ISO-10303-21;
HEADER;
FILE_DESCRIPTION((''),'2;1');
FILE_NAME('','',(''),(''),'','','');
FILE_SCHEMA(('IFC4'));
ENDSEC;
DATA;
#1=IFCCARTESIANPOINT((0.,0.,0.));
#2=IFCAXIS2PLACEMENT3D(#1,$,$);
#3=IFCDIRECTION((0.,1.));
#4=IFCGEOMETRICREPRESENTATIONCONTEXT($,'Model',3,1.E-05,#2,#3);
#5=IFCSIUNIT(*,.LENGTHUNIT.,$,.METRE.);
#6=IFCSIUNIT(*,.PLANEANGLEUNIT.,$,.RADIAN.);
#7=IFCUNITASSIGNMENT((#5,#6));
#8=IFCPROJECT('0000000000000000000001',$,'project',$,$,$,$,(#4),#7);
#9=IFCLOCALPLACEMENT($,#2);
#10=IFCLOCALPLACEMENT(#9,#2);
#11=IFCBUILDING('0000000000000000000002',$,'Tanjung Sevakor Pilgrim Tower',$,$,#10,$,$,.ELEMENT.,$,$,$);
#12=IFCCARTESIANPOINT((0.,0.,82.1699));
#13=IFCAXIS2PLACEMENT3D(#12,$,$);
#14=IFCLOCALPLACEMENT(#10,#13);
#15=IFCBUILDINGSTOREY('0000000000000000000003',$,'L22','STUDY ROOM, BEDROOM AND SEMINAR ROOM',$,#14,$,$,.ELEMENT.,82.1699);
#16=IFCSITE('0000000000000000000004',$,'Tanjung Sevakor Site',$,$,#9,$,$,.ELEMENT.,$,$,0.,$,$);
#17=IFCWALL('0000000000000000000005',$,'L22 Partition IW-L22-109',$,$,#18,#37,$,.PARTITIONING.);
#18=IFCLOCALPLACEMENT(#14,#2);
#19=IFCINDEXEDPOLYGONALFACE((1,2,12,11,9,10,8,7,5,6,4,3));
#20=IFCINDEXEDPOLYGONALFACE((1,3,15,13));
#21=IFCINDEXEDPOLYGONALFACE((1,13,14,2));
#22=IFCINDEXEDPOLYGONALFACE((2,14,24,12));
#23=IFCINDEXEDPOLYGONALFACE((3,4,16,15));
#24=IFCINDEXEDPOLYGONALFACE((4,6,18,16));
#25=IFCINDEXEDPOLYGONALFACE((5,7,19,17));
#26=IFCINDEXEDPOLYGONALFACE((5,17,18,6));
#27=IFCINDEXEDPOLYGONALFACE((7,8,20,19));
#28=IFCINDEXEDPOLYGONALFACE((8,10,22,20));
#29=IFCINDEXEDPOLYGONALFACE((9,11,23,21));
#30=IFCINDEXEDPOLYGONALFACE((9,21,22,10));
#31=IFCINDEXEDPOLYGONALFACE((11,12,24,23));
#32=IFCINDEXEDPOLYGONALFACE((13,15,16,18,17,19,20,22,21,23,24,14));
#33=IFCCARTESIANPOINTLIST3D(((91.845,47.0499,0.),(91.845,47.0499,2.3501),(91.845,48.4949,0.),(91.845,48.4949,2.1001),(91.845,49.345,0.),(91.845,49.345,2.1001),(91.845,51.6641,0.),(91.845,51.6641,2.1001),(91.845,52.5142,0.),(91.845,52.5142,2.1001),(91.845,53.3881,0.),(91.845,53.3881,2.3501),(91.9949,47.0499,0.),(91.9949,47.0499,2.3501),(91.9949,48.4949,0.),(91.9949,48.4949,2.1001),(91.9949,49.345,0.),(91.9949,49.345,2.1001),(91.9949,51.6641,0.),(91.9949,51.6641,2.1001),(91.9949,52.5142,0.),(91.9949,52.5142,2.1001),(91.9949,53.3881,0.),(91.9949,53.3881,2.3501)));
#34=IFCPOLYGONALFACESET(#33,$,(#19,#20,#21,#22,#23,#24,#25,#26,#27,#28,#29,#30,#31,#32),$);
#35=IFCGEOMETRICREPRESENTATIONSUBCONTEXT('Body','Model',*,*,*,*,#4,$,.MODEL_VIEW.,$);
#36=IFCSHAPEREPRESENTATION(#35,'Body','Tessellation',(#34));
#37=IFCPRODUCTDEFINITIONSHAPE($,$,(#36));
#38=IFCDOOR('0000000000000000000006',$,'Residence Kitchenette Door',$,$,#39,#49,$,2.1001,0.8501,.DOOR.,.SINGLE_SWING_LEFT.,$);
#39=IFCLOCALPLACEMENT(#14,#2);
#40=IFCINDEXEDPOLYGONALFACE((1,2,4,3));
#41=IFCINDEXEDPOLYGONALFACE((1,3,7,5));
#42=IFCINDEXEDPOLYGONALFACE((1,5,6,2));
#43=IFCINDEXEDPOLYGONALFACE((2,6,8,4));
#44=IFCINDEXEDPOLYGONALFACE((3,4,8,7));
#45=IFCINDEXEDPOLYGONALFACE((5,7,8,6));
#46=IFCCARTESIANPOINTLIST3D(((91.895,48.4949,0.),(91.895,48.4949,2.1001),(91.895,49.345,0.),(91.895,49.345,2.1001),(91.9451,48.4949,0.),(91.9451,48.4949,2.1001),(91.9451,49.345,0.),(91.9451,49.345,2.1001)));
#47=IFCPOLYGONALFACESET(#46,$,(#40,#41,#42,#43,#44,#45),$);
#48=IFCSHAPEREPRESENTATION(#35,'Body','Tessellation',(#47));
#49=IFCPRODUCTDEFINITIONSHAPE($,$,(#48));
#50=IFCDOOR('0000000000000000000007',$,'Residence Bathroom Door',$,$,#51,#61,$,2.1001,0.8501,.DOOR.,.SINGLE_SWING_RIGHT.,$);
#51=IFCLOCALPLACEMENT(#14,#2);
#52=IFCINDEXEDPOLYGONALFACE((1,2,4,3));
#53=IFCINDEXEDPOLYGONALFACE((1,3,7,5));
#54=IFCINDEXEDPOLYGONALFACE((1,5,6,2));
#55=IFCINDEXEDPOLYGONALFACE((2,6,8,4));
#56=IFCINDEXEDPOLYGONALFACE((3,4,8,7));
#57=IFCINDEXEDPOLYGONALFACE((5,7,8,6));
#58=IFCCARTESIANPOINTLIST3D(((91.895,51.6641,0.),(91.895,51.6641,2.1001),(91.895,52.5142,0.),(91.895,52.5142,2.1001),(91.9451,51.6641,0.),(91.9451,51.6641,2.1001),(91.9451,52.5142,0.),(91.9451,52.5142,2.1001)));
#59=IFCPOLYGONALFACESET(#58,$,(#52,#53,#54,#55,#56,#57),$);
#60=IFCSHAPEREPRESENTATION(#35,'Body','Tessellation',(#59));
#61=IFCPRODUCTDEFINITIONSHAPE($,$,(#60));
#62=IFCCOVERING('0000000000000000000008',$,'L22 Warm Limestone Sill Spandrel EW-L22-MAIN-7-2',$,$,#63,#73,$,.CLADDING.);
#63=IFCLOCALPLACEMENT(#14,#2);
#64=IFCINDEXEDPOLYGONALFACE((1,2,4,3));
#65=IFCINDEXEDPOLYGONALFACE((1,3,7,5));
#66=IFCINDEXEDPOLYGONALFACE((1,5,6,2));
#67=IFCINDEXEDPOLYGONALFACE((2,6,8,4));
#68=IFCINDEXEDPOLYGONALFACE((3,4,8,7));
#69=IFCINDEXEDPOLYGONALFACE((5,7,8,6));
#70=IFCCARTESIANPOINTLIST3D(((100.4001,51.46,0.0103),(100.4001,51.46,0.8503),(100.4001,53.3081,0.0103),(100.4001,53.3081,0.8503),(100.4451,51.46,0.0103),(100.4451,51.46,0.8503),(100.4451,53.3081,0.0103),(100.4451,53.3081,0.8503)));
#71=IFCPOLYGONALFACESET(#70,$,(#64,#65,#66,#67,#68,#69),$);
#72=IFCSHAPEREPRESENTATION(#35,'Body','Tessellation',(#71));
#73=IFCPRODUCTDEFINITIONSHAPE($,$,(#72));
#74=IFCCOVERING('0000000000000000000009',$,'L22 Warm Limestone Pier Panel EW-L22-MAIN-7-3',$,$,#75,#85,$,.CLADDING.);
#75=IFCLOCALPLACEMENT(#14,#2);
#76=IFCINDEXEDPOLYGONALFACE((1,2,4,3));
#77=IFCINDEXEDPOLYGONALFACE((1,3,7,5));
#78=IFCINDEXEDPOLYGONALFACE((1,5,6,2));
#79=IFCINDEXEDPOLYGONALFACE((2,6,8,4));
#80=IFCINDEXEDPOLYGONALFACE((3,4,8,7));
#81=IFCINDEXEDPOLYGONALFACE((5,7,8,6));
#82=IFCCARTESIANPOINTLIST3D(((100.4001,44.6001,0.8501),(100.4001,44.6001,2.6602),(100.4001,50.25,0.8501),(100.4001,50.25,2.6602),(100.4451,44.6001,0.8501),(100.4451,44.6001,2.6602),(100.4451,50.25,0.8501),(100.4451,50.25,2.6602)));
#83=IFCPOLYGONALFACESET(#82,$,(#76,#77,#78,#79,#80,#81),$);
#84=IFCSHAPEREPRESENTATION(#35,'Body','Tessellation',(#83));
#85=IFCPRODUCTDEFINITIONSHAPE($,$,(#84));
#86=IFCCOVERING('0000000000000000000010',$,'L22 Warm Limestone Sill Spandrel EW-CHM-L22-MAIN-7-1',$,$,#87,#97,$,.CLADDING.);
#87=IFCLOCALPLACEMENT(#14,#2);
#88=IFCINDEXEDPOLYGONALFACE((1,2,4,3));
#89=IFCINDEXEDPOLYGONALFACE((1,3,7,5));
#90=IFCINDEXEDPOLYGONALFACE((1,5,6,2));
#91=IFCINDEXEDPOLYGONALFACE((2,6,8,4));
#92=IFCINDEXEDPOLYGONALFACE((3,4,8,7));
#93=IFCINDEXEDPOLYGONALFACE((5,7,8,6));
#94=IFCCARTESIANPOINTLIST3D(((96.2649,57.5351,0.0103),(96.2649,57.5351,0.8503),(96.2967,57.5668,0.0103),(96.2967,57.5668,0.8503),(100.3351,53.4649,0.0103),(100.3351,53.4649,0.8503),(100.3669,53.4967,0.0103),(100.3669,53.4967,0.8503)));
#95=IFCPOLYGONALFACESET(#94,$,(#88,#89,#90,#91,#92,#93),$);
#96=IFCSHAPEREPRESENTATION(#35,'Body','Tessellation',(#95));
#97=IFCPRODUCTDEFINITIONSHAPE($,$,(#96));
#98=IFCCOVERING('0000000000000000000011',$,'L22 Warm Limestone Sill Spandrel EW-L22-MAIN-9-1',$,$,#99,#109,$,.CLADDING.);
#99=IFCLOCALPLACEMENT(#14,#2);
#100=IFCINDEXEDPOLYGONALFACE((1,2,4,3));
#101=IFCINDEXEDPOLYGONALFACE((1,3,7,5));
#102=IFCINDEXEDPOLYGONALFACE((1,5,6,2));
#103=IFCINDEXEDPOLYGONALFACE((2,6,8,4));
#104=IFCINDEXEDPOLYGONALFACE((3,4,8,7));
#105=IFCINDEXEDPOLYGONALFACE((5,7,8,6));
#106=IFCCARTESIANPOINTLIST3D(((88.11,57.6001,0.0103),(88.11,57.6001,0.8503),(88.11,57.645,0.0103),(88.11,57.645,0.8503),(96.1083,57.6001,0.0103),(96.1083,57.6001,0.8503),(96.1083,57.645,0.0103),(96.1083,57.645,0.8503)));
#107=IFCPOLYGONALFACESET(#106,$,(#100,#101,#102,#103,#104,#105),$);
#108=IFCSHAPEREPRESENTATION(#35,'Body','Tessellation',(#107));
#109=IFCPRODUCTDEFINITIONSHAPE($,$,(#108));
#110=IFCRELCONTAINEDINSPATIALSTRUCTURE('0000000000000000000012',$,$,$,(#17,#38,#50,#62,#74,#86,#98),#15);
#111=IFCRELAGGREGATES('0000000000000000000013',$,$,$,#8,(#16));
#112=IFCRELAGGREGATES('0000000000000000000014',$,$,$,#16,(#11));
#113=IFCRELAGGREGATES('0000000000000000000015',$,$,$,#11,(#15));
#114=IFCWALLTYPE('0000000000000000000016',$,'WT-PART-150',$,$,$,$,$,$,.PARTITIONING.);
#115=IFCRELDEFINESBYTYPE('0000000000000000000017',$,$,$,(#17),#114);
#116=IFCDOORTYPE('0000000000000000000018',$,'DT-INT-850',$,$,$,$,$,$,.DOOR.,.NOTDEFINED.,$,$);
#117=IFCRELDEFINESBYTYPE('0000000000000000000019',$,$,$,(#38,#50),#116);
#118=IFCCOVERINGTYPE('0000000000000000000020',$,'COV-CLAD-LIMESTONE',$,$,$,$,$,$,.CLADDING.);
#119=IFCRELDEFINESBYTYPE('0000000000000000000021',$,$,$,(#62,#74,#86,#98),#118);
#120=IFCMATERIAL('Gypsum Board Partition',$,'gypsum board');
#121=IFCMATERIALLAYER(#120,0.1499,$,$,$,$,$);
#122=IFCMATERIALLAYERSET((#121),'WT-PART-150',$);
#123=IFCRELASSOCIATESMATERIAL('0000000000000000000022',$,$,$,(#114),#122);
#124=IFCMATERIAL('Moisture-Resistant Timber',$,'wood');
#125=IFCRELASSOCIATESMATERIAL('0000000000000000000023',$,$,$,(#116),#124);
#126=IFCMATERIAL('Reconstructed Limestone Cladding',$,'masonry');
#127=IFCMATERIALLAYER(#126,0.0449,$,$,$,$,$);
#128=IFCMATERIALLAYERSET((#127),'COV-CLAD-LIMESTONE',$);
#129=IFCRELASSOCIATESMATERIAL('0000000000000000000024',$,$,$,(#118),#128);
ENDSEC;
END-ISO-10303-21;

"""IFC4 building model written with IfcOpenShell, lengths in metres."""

from ifc_helpers import new_model, si_unit, direction, frame, frame_2d, origin, origin_2d, place, context, subcontext, project, spatial, rectangle, extrude, material, layer, layer_set, type_object, element, fill, save


model = new_model("IFC4")

# Units and contexts
model_context = context("Model", 3, precision=1e-05, world=origin(), true_north=direction((0.0, 1.0)))
body_context = subcontext(model_context, "Body", "Model", "MODEL_VIEW")
ifc_project = project(units=[si_unit("LENGTHUNIT", "METRE"), si_unit("PLANEANGLEUNIT", "RADIAN")], contexts=[model_context])

# Site, building, storey
site_placement = place(None, origin())
site = spatial("IfcSite", under=ifc_project, at=site_placement, Name="Tanjung Sevakor Site", CompositionType="ELEMENT", RefElevation=0.0)
building_placement = place(site_placement, origin())
building = spatial("IfcBuilding", under=site, at=building_placement, Name="Tanjung Sevakor Pilgrim Tower", CompositionType="ELEMENT")
storey_placement = place(building_placement, frame((0.0, 0.0, 82.1699)))
storey = spatial("IfcBuildingStorey", under=building, at=storey_placement, Name="L22", Description="STUDY ROOM, BEDROOM AND SEMINAR ROOM", CompositionType="ELEMENT", Elevation=82.1699)

# Wall, openings, doors
ifc_material_1 = material(Name="Gypsum Board Partition", Category="gypsum board")
ifc_layer_1 = layer(ifc_material_1, 0.1499)
ifc_layer_set_1 = layer_set([ifc_layer_1], Name="WT-PART-150")
wall_type_1 = type_object("IfcWallType", Name="WT-PART-150", PredefinedType="PARTITIONING", material=ifc_layer_set_1)
wall_1_placement = place(storey_placement, frame((91.9199, 47.05, 0.0), z_axis=(0.0, 0.0, 1.0), x_axis=(0.0, 1.0, 0.0)))
wall_1 = element("IfcWall", 1, at=wall_1_placement, inside=storey, type_object=wall_type_1, Name="L22 Partition IW-L22-109", PredefinedType="PARTITIONING", context=body_context, shape_type="SweptSolid", body=[
    extrude(rectangle(XDim=6.3381, YDim=0.1499, at=frame_2d((3.1689, 0.0))), origin(), (0.0, 0.0, 1.0), 2.3501),
])
opening_1_placement = place(wall_1_placement, frame((1.4448, 0.0, 0.0)))
opening_1 = element("IfcOpeningElement", 2, at=opening_1_placement, cuts=wall_1, PredefinedType="OPENING", context=body_context, shape_type="SweptSolid", body=[
    extrude(rectangle(XDim=0.8501, YDim=2.1001, at=frame_2d((0.425, 1.05))), frame((0.0, 0.085, 0.0), z_axis=(0.0, -1.0, 0.0), x_axis=(1.0, 0.0, 0.0)), (0.0, 0.0, 1.0), 0.1699),
])
opening_2_placement = place(wall_1_placement, frame((4.614, 0.0, 0.0)))
opening_2 = element("IfcOpeningElement", 3, at=opening_2_placement, cuts=wall_1, PredefinedType="OPENING", context=body_context, shape_type="SweptSolid", body=[
    extrude(rectangle(XDim=0.8501, YDim=2.1001, at=frame_2d((0.425, 1.05))), frame((0.0, 0.085, 0.0), z_axis=(0.0, -1.0, 0.0), x_axis=(1.0, 0.0, 0.0)), (0.0, 0.0, 1.0), 0.1699),
])
ifc_material_2 = material(Name="Moisture-Resistant Timber", Category="wood")
door_type_1 = type_object("IfcDoorType", Name="DT-INT-850", OperationType="NOTDEFINED", PredefinedType="DOOR", material=ifc_material_2)
door_1_placement = place(opening_1_placement, origin())
door_1 = element("IfcDoor", 4, at=door_1_placement, inside=storey, type_object=door_type_1, Name="Residence Kitchenette Door", OperationType="SINGLE_SWING_LEFT", OverallHeight=2.1001, OverallWidth=0.8501, PredefinedType="DOOR", context=body_context, shape_type="SweptSolid", body=[
    extrude(rectangle(XDim=0.8501, YDim=2.1001, at=frame_2d((0.425, 1.05))), frame((0.0, 0.0249, 0.0), z_axis=(0.0, -1.0, 0.0), x_axis=(1.0, 0.0, 0.0)), (0.0, 0.0, 1.0), 0.05),
])
fill(opening_1, door_1)
door_2_placement = place(opening_2_placement, origin())
door_2 = element("IfcDoor", 5, at=door_2_placement, inside=storey, type_object=door_type_1, Name="Residence Bathroom Door", OperationType="SINGLE_SWING_RIGHT", OverallHeight=2.1001, OverallWidth=0.8501, PredefinedType="DOOR", context=body_context, shape_type="SweptSolid", body=[
    extrude(rectangle(XDim=0.8501, YDim=2.1001, at=frame_2d((0.425, 1.05))), frame((0.0, 0.0249, 0.0), z_axis=(0.0, -1.0, 0.0), x_axis=(1.0, 0.0, 0.0)), (0.0, 0.0, 1.0), 0.05),
])
fill(opening_2, door_2)

# Coverings
ifc_material_3 = material(Name="Reconstructed Limestone Cladding", Category="masonry")
ifc_layer_2 = layer(ifc_material_3, 0.0449)
ifc_layer_set_2 = layer_set([ifc_layer_2], Name="COV-CLAD-LIMESTONE")
covering_type = type_object("IfcCoveringType", Name="COV-CLAD-LIMESTONE", PredefinedType="CLADDING", material=ifc_layer_set_2)
covering_1_placement = place(storey_placement, frame((100.4226, 52.384, 0.0103), z_axis=(0.0, 0.0, 1.0), x_axis=(0.0, 1.0, 0.0)))
element("IfcCovering", 6, at=covering_1_placement, inside=storey, type_object=covering_type, Name="L22 Warm Limestone Sill Spandrel EW-L22-MAIN-7-2", PredefinedType="CLADDING", context=body_context, shape_type="SweptSolid", body=[
    extrude(rectangle(XDim=1.8481, YDim=0.0449, at=origin_2d()), origin(), (0.0, 0.0, 1.0), 0.8401),
])
covering_2_placement = place(storey_placement, frame((100.4226, 47.425, 0.8501), z_axis=(0.0, 0.0, 1.0), x_axis=(0.0, 1.0, 0.0)))
element("IfcCovering", 7, at=covering_2_placement, inside=storey, type_object=covering_type, Name="L22 Warm Limestone Pier Panel EW-L22-MAIN-7-3", PredefinedType="CLADDING", context=body_context, shape_type="SweptSolid", body=[
    extrude(rectangle(XDim=5.6499, YDim=0.0449, at=origin_2d()), origin(), (0.0, 0.0, 1.0), 1.8101),
])
covering_3_placement = place(storey_placement, frame((98.3159, 55.5159, 0.0103), z_axis=(0.0, 0.0, 1.0), x_axis=(-0.707107, 0.707107, 0.0)))
element("IfcCovering", 8, at=covering_3_placement, inside=storey, type_object=covering_type, Name="L22 Warm Limestone Sill Spandrel EW-CHM-L22-MAIN-7-1", PredefinedType="CLADDING", context=body_context, shape_type="SweptSolid", body=[
    extrude(rectangle(XDim=5.7561, YDim=0.0449, at=origin_2d()), origin(), (0.0, 0.0, 1.0), 0.8401),
])
covering_4_placement = place(storey_placement, frame((92.1091, 57.6226, 0.0103), z_axis=(0.0, 0.0, 1.0), x_axis=(-1.0, 0.0, 0.0)))
element("IfcCovering", 9, at=covering_4_placement, inside=storey, type_object=covering_type, Name="L22 Warm Limestone Sill Spandrel EW-L22-MAIN-9-1", PredefinedType="CLADDING", context=body_context, shape_type="SweptSolid", body=[
    extrude(rectangle(XDim=7.9983, YDim=0.0449, at=origin_2d()), origin(), (0.0, 0.0, 1.0), 0.8401),
])

save(model, "model.ifc")
